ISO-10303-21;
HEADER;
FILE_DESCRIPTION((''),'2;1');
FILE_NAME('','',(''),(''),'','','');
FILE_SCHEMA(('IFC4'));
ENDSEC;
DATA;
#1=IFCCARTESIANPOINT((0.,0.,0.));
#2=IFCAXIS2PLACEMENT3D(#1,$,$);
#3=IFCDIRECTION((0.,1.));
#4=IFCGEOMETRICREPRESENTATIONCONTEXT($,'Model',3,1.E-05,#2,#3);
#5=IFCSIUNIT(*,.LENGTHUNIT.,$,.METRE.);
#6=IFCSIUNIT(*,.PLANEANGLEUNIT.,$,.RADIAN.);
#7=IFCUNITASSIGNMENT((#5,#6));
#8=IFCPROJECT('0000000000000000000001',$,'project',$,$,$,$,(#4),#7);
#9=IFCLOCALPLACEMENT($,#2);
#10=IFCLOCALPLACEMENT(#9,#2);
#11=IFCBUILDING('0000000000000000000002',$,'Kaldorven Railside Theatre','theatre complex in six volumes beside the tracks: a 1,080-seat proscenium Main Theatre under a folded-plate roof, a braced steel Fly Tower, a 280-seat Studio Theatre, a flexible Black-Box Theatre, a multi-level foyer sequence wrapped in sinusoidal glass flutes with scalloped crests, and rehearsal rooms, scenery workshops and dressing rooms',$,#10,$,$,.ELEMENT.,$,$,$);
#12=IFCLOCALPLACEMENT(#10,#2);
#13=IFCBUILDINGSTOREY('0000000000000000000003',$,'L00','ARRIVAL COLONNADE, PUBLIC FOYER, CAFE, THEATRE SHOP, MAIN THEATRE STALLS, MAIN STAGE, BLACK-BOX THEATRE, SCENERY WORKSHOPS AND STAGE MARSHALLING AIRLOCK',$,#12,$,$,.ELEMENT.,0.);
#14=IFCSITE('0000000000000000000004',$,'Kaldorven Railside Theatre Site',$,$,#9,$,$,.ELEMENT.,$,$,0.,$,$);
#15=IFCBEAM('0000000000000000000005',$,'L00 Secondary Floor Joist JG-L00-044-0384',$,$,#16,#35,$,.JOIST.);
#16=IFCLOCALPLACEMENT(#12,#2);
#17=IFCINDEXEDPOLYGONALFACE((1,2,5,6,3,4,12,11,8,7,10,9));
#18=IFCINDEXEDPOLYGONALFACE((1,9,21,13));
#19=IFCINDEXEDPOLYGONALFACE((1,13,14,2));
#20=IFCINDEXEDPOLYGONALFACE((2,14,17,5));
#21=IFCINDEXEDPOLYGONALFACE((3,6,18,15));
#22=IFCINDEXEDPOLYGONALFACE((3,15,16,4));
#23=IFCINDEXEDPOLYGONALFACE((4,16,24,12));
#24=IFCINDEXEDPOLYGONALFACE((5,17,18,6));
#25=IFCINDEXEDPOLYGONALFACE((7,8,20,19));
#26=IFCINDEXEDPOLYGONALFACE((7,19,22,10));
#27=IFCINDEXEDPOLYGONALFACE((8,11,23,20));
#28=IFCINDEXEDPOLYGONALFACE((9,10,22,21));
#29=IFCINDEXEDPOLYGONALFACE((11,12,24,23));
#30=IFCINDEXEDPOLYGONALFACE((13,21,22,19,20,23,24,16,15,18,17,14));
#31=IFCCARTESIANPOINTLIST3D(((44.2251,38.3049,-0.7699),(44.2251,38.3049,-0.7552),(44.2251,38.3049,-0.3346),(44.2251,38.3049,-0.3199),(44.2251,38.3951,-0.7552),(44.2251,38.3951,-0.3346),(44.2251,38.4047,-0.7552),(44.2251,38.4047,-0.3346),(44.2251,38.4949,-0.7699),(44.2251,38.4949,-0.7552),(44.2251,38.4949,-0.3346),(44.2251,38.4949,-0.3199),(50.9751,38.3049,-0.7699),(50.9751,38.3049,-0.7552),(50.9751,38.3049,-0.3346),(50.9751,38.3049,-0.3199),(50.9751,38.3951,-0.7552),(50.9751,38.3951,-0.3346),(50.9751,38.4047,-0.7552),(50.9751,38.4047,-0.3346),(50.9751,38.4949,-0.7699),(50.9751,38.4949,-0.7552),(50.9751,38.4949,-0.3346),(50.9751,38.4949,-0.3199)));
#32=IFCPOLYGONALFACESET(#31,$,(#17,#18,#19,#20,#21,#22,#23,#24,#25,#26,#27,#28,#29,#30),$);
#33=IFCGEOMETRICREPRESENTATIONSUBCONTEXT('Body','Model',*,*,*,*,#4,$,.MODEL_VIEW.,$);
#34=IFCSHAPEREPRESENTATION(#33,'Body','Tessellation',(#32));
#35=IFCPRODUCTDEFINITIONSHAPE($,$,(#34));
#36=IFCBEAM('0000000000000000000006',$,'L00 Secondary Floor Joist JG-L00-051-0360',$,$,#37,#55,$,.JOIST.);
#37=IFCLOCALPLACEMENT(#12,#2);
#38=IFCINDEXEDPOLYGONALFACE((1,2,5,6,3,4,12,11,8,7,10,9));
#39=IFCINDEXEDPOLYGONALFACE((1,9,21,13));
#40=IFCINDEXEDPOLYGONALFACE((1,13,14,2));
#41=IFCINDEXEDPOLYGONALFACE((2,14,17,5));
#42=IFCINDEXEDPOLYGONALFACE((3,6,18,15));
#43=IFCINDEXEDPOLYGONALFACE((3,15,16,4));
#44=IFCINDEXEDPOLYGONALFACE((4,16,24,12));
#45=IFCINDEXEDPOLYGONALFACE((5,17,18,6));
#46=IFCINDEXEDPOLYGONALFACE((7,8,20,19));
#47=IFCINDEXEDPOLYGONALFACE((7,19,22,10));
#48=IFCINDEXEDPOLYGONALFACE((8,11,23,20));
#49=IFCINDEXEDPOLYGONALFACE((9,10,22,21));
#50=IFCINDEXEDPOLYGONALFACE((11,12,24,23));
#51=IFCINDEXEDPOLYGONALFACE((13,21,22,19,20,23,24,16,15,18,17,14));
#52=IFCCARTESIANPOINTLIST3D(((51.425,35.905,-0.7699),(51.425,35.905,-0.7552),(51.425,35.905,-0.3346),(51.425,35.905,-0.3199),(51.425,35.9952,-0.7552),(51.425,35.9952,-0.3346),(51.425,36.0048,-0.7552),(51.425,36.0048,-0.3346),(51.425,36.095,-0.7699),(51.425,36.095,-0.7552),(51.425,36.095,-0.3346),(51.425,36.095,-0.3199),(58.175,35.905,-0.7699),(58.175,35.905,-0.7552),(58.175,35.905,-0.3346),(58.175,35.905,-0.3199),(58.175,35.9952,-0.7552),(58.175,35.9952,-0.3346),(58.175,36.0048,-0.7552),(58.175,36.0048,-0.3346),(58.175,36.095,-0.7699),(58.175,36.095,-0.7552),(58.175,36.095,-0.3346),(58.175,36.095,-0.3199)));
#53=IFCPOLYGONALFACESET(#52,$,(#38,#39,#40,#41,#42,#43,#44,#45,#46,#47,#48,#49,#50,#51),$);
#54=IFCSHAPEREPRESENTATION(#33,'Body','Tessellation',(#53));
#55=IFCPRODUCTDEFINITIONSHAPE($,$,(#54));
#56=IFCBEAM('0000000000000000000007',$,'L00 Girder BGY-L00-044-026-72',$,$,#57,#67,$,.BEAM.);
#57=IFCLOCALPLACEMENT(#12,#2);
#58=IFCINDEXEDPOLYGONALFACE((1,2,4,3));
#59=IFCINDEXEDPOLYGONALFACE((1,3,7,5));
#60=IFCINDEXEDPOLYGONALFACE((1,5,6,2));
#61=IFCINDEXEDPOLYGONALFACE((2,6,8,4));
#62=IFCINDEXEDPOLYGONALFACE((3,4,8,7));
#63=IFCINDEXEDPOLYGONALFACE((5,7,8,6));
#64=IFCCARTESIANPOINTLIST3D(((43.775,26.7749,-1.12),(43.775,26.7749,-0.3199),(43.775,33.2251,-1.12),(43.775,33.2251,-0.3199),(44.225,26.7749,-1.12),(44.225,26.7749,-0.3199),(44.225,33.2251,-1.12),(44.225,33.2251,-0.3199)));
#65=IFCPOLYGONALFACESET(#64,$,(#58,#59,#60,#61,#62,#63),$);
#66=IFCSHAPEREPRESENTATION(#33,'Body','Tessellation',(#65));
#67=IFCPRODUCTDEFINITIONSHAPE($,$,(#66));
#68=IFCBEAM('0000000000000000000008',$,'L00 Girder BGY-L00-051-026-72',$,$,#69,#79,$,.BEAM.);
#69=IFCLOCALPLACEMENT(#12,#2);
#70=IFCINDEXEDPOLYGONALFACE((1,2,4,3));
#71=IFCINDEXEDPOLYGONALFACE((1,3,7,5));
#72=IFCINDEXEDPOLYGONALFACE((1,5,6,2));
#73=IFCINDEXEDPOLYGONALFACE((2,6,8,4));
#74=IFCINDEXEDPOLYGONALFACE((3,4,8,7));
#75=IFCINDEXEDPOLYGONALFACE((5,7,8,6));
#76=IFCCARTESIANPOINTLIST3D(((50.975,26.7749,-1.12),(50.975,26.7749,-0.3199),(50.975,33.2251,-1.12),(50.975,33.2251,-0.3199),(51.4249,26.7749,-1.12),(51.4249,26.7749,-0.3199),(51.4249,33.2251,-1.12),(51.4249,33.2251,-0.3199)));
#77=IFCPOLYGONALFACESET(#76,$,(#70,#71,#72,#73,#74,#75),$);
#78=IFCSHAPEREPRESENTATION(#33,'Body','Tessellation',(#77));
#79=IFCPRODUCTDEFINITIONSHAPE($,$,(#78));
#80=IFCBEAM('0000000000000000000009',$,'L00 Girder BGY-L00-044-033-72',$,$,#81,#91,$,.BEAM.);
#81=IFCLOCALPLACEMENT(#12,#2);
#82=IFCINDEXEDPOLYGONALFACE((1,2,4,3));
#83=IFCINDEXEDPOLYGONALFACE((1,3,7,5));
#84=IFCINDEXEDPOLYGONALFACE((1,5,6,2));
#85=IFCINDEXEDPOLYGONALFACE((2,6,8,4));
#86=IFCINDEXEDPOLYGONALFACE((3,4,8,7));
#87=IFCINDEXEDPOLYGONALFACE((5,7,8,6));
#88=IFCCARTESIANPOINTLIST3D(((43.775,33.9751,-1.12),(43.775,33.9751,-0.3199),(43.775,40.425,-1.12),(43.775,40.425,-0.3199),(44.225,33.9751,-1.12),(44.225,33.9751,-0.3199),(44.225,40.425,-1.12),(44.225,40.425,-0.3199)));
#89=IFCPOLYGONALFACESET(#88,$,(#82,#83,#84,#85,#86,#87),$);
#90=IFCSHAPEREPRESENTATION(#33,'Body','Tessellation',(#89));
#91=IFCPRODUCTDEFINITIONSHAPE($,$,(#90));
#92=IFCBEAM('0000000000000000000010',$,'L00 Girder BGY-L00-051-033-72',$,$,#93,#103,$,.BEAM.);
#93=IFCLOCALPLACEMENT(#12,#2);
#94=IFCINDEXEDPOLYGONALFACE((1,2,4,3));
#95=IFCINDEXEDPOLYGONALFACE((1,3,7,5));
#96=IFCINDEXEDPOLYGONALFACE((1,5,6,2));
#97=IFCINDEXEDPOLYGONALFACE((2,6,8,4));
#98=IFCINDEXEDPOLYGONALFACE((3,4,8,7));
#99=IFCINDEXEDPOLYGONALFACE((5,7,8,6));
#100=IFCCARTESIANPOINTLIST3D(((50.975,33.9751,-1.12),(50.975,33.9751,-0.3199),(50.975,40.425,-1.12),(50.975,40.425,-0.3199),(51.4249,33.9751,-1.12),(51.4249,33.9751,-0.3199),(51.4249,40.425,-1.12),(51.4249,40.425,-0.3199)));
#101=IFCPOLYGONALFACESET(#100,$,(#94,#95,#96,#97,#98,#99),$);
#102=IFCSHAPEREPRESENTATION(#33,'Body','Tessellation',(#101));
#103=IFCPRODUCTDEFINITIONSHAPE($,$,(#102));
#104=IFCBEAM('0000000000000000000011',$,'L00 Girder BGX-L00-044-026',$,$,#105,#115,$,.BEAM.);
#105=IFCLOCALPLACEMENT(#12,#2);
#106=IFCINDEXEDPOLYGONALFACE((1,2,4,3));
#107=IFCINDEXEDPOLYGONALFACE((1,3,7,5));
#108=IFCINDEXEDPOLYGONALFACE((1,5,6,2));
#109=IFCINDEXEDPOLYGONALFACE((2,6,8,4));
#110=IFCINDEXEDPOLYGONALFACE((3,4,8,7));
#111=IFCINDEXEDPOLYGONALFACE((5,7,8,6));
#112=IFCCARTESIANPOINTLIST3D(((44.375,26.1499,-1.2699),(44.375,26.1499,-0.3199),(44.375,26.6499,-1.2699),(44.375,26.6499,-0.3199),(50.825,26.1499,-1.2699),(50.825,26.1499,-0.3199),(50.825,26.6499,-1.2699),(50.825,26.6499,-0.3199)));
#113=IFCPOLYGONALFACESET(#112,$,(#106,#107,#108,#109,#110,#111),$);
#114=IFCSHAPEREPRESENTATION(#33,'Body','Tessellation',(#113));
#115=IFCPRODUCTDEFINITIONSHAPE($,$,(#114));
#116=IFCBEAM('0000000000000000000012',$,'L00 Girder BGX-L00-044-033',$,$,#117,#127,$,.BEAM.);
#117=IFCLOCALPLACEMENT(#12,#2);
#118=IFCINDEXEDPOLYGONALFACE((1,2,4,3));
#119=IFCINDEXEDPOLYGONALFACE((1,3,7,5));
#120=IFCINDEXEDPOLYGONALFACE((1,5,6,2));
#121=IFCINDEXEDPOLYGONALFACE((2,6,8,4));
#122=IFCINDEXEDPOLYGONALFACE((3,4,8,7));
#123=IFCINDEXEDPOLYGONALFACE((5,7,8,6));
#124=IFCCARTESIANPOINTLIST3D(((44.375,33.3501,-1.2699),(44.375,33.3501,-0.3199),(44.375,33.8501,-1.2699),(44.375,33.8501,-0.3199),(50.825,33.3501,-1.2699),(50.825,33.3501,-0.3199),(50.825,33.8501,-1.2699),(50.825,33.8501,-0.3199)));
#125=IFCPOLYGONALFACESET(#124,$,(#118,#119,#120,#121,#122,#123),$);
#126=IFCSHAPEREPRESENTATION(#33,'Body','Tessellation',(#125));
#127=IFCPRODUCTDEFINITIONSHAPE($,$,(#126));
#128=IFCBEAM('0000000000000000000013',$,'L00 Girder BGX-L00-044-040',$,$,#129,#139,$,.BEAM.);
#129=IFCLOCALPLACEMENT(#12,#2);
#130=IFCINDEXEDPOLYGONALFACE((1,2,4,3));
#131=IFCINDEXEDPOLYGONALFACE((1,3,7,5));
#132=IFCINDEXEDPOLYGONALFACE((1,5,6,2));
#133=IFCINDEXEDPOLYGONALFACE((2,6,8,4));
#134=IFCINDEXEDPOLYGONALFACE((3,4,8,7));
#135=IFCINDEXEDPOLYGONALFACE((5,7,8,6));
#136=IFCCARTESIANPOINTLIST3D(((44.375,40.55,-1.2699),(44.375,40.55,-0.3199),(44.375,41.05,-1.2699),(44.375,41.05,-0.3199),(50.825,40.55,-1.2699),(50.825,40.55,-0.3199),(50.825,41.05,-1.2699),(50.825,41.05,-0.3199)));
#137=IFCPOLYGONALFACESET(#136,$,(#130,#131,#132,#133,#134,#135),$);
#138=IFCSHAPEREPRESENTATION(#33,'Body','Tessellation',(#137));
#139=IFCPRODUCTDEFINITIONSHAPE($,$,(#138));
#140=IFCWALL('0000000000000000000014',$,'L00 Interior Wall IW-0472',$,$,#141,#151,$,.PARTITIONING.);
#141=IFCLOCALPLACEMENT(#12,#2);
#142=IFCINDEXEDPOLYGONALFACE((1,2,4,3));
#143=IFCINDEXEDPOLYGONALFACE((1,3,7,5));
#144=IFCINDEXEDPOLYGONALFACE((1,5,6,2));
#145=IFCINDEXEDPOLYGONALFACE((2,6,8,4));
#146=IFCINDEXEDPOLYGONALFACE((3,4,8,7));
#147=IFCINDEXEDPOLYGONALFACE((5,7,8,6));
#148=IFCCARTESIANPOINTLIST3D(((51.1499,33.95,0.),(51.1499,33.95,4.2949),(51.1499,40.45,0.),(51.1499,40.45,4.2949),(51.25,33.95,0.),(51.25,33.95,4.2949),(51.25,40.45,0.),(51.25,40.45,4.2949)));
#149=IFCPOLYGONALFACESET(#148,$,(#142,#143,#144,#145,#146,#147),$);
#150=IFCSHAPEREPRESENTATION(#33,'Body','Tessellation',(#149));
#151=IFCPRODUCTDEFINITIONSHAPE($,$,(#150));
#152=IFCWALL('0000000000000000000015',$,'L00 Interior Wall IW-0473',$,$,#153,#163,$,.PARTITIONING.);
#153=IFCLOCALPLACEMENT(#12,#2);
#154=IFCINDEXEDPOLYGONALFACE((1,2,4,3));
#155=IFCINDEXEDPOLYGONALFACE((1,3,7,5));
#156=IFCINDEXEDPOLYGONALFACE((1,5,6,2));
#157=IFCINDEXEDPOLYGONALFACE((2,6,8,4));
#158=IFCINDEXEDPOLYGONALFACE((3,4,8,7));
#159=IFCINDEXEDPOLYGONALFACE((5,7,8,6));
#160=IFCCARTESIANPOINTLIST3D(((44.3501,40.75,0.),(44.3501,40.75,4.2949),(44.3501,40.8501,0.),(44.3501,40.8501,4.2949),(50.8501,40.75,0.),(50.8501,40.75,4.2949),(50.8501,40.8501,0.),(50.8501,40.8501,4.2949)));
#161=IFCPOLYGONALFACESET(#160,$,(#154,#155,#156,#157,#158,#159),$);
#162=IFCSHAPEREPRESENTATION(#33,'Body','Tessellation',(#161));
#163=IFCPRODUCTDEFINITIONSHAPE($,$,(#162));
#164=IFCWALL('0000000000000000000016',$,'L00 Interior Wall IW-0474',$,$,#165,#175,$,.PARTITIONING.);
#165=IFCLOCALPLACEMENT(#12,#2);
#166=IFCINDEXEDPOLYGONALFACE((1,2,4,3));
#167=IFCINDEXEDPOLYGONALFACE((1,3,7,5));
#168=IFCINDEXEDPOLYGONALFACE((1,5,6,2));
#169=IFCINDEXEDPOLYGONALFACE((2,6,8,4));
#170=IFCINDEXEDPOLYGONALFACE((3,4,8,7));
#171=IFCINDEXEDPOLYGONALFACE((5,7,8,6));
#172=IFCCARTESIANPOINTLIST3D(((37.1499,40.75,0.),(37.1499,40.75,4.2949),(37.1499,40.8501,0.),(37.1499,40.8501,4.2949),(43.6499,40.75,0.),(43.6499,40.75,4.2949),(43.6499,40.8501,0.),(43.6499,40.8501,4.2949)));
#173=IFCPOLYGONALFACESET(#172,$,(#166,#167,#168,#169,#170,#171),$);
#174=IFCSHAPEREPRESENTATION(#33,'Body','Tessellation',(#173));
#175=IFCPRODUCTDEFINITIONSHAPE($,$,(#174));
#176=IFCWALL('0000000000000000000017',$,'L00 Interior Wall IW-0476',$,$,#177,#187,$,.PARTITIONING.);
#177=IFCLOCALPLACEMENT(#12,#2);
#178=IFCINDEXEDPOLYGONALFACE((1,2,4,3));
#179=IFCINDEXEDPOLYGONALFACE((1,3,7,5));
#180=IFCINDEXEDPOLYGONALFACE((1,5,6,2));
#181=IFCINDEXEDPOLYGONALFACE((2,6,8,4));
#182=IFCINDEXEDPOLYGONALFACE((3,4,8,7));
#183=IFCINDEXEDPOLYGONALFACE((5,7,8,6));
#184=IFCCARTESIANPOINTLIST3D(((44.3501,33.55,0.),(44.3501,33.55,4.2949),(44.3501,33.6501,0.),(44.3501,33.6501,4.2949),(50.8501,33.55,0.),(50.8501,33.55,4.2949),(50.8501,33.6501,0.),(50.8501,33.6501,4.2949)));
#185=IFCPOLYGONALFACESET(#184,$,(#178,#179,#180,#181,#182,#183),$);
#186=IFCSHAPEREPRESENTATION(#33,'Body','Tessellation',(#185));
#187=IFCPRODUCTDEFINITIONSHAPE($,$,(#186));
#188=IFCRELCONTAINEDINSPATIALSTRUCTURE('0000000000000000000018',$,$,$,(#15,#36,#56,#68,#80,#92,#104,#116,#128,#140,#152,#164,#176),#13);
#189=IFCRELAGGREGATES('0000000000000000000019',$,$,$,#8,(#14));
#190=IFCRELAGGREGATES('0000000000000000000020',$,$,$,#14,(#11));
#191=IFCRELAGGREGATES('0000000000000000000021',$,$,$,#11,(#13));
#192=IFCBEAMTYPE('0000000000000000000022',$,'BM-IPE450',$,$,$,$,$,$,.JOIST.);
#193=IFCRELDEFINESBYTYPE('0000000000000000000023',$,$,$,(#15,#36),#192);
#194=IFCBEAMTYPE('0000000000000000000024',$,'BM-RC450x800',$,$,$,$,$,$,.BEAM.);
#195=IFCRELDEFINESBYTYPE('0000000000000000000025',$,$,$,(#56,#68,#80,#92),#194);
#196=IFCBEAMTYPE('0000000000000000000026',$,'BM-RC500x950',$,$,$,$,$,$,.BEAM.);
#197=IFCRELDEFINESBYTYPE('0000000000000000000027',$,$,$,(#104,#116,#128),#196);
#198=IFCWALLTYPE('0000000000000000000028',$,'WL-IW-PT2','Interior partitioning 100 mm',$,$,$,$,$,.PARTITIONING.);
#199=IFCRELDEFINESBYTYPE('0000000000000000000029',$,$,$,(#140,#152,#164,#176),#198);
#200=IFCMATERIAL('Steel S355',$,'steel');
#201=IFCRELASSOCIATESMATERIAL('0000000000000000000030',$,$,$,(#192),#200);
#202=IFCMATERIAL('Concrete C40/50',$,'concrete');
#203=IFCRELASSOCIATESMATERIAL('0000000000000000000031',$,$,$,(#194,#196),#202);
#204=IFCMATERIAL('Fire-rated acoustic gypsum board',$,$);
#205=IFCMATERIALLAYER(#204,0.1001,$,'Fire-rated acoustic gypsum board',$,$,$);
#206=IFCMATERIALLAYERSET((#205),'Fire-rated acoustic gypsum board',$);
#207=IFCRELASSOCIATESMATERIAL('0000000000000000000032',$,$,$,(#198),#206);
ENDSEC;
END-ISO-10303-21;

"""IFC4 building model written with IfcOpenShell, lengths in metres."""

from ifc_helpers import new_model, si_unit, direction, frame, frame_2d, origin, origin_2d, place, context, subcontext, project, spatial, rectangle, i_section, extrude, material, layer, layer_set, material_profile, profile_set, type_object, element, save


model = new_model("IFC4")

# Units and contexts
model_context = context("Model", 3, precision=1e-05, world=origin(), true_north=direction((0.0, 1.0)))
body_context = subcontext(model_context, "Body", "Model", "MODEL_VIEW")
ifc_project = project(units=[si_unit("LENGTHUNIT", "METRE"), si_unit("PLANEANGLEUNIT", "RADIAN")], contexts=[model_context])

# Site, building, storey
site_placement = place(None, origin())
site = spatial("IfcSite", under=ifc_project, at=site_placement, Name="Kaldorven Railside Theatre Site", CompositionType="ELEMENT", RefElevation=0.0)
building_placement = place(site_placement, origin())
building = spatial("IfcBuilding", under=site, at=building_placement, Name="Kaldorven Railside Theatre", Description="theatre complex in six volumes beside the tracks: a 1,080-seat proscenium Main Theatre under a folded-plate roof, a braced steel Fly Tower, a 280-seat Studio Theatre, a flexible Black-Box Theatre, a multi-level foyer sequence wrapped in sinusoidal glass flutes with scalloped crests, and rehearsal rooms, scenery workshops and dressing rooms", CompositionType="ELEMENT")
storey_placement = place(building_placement, origin())
storey = spatial("IfcBuildingStorey", under=building, at=storey_placement, Name="L00", Description="ARRIVAL COLONNADE, PUBLIC FOYER, CAFE, THEATRE SHOP, MAIN THEATRE STALLS, MAIN STAGE, BLACK-BOX THEATRE, SCENERY WORKSHOPS AND STAGE MARSHALLING AIRLOCK", CompositionType="ELEMENT", Elevation=0.0)

# Shared definitions
ifc_material_1 = material(Name="Concrete C40/50", Category="concrete")

# Beams
ifc_material_2 = material(Name="Steel S355", Category="steel")
ifc_material_profile_1 = material_profile(ifc_material_2, i_section(OverallWidth=0.1899, OverallDepth=0.45, WebThickness=0.0095, FlangeThickness=0.0146, at=origin_2d()), Name="IPE 450")
ifc_profile_set_1 = profile_set([ifc_material_profile_1], Name="Steel S355")
beam_type_1 = type_object("IfcBeamType", Name="BM-IPE450", PredefinedType="JOIST", material=ifc_profile_set_1)
for number, where, z_axis, x_axis, name in (
    (1, (44.2251, 38.3999, -0.5449), (1.0, 0.0, 0.0), (0.0, 1.0, 0.0), "L00 Secondary Floor Joist JG-L00-044-0384"),
    (2, (51.425, 36.0, -0.5449), (1.0, 0.0, 0.0), (0.0, 1.0, 0.0), "L00 Secondary Floor Joist JG-L00-051-0360"),
):
    element("IfcBeam", number, at=place(storey_placement, frame(where, z_axis=z_axis, x_axis=x_axis)), inside=storey, type_object=beam_type_1, Name=name, PredefinedType="JOIST", context=body_context, shape_type="SweptSolid", body=[
        extrude(i_section(OverallWidth=0.1899, OverallDepth=0.45, WebThickness=0.0095, FlangeThickness=0.0146, at=origin_2d()), origin(), (0.0, 0.0, 1.0), 6.75),
    ])
ifc_material_profile_2 = material_profile(ifc_material_1, rectangle(XDim=0.45, YDim=0.8, at=origin_2d()), Name="RC 450x800")
ifc_profile_set_2 = profile_set([ifc_material_profile_2], Name="Concrete C40/50")
beam_type_2 = type_object("IfcBeamType", Name="BM-RC450x800", PredefinedType="BEAM", material=ifc_profile_set_2)
for number, where, z_axis, x_axis, name in (
    (3, (44.0, 26.7749, -0.72), (0.0, 1.0, 0.0), (-1.0, 0.0, 0.0), "L00 Girder BGY-L00-044-026-72"),
    (4, (51.2, 26.7749, -0.72), (0.0, 1.0, 0.0), (-1.0, 0.0, 0.0), "L00 Girder BGY-L00-051-026-72"),
):
    element("IfcBeam", number, at=place(storey_placement, frame(where, z_axis=z_axis, x_axis=x_axis)), inside=storey, type_object=beam_type_2, Name=name, PredefinedType="BEAM", context=body_context, shape_type="SweptSolid", body=[
        extrude(rectangle(XDim=0.45, YDim=0.8, at=origin_2d()), origin(), (0.0, 0.0, 1.0), 6.4502),
    ])
for number, where, z_axis, x_axis, name in (
    (5, (44.0, 33.9751, -0.72), (0.0, 1.0, 0.0), (-1.0, 0.0, 0.0), "L00 Girder BGY-L00-044-033-72"),
    (6, (51.2, 33.9751, -0.72), (0.0, 1.0, 0.0), (-1.0, 0.0, 0.0), "L00 Girder BGY-L00-051-033-72"),
):
    element("IfcBeam", number, at=place(storey_placement, frame(where, z_axis=z_axis, x_axis=x_axis)), inside=storey, type_object=beam_type_2, Name=name, PredefinedType="BEAM", context=body_context, shape_type="SweptSolid", body=[
        extrude(rectangle(XDim=0.45, YDim=0.8, at=origin_2d()), origin(), (0.0, 0.0, 1.0), 6.45),
    ])
ifc_material_profile_3 = material_profile(ifc_material_1, rectangle(XDim=0.5, YDim=0.95, at=origin_2d()), Name="RC 500x950")
ifc_profile_set_3 = profile_set([ifc_material_profile_3], Name="Concrete C40/50")
beam_type_3 = type_object("IfcBeamType", Name="BM-RC500x950", PredefinedType="BEAM", material=ifc_profile_set_3)
for number, where, z_axis, x_axis, name in (
    (7, (44.375, 26.3999, -0.7949), (1.0, 0.0, 0.0), (0.0, 1.0, 0.0), "L00 Girder BGX-L00-044-026"),
    (8, (44.375, 33.6001, -0.7949), (1.0, 0.0, 0.0), (0.0, 1.0, 0.0), "L00 Girder BGX-L00-044-033"),
    (9, (44.375, 40.8, -0.7949), (1.0, 0.0, 0.0), (0.0, 1.0, 0.0), "L00 Girder BGX-L00-044-040"),
):
    element("IfcBeam", number, at=place(storey_placement, frame(where, z_axis=z_axis, x_axis=x_axis)), inside=storey, type_object=beam_type_3, Name=name, PredefinedType="BEAM", context=body_context, shape_type="SweptSolid", body=[
        extrude(rectangle(XDim=0.5, YDim=0.95, at=origin_2d()), origin(), (0.0, 0.0, 1.0), 6.45),
    ])

# Walls
ifc_material_3 = material(Name="Fire-rated acoustic gypsum board")
ifc_layer = layer(ifc_material_3, 0.1001, Name="Fire-rated acoustic gypsum board")
ifc_layer_set = layer_set([ifc_layer], Name="Fire-rated acoustic gypsum board")
wall_type = type_object("IfcWallType", Name="WL-IW-PT2", Description="Interior partitioning 100 mm", PredefinedType="PARTITIONING", material=ifc_layer_set)
for number, where, z_axis, x_axis, name in (
    (10, (51.2, 33.95, 0.0), (0.0, 0.0, 1.0), (0.0, 1.0, 0.0), "L00 Interior Wall IW-0472"),
    (11, (50.8501, 40.8, 0.0), (0.0, 0.0, 1.0), (-1.0, 0.0, 0.0), "L00 Interior Wall IW-0473"),
    (12, (43.6499, 40.8, 0.0), (0.0, 0.0, 1.0), (-1.0, 0.0, 0.0), "L00 Interior Wall IW-0474"),
    (13, (44.3501, 33.6001, 0.0), (0.0, 0.0, 1.0), (1.0, 0.0, 0.0), "L00 Interior Wall IW-0476"),
):
    element("IfcWall", number, at=place(storey_placement, frame(where, z_axis=z_axis, x_axis=x_axis)), inside=storey, type_object=wall_type, Name=name, PredefinedType="PARTITIONING", context=body_context, shape_type="SweptSolid", body=[
        extrude(rectangle(XDim=6.5, YDim=0.1001, at=frame_2d((3.25, 0.0))), origin(), (0.0, 0.0, 1.0), 4.2949),
    ])

save(model, "model.ifc")
